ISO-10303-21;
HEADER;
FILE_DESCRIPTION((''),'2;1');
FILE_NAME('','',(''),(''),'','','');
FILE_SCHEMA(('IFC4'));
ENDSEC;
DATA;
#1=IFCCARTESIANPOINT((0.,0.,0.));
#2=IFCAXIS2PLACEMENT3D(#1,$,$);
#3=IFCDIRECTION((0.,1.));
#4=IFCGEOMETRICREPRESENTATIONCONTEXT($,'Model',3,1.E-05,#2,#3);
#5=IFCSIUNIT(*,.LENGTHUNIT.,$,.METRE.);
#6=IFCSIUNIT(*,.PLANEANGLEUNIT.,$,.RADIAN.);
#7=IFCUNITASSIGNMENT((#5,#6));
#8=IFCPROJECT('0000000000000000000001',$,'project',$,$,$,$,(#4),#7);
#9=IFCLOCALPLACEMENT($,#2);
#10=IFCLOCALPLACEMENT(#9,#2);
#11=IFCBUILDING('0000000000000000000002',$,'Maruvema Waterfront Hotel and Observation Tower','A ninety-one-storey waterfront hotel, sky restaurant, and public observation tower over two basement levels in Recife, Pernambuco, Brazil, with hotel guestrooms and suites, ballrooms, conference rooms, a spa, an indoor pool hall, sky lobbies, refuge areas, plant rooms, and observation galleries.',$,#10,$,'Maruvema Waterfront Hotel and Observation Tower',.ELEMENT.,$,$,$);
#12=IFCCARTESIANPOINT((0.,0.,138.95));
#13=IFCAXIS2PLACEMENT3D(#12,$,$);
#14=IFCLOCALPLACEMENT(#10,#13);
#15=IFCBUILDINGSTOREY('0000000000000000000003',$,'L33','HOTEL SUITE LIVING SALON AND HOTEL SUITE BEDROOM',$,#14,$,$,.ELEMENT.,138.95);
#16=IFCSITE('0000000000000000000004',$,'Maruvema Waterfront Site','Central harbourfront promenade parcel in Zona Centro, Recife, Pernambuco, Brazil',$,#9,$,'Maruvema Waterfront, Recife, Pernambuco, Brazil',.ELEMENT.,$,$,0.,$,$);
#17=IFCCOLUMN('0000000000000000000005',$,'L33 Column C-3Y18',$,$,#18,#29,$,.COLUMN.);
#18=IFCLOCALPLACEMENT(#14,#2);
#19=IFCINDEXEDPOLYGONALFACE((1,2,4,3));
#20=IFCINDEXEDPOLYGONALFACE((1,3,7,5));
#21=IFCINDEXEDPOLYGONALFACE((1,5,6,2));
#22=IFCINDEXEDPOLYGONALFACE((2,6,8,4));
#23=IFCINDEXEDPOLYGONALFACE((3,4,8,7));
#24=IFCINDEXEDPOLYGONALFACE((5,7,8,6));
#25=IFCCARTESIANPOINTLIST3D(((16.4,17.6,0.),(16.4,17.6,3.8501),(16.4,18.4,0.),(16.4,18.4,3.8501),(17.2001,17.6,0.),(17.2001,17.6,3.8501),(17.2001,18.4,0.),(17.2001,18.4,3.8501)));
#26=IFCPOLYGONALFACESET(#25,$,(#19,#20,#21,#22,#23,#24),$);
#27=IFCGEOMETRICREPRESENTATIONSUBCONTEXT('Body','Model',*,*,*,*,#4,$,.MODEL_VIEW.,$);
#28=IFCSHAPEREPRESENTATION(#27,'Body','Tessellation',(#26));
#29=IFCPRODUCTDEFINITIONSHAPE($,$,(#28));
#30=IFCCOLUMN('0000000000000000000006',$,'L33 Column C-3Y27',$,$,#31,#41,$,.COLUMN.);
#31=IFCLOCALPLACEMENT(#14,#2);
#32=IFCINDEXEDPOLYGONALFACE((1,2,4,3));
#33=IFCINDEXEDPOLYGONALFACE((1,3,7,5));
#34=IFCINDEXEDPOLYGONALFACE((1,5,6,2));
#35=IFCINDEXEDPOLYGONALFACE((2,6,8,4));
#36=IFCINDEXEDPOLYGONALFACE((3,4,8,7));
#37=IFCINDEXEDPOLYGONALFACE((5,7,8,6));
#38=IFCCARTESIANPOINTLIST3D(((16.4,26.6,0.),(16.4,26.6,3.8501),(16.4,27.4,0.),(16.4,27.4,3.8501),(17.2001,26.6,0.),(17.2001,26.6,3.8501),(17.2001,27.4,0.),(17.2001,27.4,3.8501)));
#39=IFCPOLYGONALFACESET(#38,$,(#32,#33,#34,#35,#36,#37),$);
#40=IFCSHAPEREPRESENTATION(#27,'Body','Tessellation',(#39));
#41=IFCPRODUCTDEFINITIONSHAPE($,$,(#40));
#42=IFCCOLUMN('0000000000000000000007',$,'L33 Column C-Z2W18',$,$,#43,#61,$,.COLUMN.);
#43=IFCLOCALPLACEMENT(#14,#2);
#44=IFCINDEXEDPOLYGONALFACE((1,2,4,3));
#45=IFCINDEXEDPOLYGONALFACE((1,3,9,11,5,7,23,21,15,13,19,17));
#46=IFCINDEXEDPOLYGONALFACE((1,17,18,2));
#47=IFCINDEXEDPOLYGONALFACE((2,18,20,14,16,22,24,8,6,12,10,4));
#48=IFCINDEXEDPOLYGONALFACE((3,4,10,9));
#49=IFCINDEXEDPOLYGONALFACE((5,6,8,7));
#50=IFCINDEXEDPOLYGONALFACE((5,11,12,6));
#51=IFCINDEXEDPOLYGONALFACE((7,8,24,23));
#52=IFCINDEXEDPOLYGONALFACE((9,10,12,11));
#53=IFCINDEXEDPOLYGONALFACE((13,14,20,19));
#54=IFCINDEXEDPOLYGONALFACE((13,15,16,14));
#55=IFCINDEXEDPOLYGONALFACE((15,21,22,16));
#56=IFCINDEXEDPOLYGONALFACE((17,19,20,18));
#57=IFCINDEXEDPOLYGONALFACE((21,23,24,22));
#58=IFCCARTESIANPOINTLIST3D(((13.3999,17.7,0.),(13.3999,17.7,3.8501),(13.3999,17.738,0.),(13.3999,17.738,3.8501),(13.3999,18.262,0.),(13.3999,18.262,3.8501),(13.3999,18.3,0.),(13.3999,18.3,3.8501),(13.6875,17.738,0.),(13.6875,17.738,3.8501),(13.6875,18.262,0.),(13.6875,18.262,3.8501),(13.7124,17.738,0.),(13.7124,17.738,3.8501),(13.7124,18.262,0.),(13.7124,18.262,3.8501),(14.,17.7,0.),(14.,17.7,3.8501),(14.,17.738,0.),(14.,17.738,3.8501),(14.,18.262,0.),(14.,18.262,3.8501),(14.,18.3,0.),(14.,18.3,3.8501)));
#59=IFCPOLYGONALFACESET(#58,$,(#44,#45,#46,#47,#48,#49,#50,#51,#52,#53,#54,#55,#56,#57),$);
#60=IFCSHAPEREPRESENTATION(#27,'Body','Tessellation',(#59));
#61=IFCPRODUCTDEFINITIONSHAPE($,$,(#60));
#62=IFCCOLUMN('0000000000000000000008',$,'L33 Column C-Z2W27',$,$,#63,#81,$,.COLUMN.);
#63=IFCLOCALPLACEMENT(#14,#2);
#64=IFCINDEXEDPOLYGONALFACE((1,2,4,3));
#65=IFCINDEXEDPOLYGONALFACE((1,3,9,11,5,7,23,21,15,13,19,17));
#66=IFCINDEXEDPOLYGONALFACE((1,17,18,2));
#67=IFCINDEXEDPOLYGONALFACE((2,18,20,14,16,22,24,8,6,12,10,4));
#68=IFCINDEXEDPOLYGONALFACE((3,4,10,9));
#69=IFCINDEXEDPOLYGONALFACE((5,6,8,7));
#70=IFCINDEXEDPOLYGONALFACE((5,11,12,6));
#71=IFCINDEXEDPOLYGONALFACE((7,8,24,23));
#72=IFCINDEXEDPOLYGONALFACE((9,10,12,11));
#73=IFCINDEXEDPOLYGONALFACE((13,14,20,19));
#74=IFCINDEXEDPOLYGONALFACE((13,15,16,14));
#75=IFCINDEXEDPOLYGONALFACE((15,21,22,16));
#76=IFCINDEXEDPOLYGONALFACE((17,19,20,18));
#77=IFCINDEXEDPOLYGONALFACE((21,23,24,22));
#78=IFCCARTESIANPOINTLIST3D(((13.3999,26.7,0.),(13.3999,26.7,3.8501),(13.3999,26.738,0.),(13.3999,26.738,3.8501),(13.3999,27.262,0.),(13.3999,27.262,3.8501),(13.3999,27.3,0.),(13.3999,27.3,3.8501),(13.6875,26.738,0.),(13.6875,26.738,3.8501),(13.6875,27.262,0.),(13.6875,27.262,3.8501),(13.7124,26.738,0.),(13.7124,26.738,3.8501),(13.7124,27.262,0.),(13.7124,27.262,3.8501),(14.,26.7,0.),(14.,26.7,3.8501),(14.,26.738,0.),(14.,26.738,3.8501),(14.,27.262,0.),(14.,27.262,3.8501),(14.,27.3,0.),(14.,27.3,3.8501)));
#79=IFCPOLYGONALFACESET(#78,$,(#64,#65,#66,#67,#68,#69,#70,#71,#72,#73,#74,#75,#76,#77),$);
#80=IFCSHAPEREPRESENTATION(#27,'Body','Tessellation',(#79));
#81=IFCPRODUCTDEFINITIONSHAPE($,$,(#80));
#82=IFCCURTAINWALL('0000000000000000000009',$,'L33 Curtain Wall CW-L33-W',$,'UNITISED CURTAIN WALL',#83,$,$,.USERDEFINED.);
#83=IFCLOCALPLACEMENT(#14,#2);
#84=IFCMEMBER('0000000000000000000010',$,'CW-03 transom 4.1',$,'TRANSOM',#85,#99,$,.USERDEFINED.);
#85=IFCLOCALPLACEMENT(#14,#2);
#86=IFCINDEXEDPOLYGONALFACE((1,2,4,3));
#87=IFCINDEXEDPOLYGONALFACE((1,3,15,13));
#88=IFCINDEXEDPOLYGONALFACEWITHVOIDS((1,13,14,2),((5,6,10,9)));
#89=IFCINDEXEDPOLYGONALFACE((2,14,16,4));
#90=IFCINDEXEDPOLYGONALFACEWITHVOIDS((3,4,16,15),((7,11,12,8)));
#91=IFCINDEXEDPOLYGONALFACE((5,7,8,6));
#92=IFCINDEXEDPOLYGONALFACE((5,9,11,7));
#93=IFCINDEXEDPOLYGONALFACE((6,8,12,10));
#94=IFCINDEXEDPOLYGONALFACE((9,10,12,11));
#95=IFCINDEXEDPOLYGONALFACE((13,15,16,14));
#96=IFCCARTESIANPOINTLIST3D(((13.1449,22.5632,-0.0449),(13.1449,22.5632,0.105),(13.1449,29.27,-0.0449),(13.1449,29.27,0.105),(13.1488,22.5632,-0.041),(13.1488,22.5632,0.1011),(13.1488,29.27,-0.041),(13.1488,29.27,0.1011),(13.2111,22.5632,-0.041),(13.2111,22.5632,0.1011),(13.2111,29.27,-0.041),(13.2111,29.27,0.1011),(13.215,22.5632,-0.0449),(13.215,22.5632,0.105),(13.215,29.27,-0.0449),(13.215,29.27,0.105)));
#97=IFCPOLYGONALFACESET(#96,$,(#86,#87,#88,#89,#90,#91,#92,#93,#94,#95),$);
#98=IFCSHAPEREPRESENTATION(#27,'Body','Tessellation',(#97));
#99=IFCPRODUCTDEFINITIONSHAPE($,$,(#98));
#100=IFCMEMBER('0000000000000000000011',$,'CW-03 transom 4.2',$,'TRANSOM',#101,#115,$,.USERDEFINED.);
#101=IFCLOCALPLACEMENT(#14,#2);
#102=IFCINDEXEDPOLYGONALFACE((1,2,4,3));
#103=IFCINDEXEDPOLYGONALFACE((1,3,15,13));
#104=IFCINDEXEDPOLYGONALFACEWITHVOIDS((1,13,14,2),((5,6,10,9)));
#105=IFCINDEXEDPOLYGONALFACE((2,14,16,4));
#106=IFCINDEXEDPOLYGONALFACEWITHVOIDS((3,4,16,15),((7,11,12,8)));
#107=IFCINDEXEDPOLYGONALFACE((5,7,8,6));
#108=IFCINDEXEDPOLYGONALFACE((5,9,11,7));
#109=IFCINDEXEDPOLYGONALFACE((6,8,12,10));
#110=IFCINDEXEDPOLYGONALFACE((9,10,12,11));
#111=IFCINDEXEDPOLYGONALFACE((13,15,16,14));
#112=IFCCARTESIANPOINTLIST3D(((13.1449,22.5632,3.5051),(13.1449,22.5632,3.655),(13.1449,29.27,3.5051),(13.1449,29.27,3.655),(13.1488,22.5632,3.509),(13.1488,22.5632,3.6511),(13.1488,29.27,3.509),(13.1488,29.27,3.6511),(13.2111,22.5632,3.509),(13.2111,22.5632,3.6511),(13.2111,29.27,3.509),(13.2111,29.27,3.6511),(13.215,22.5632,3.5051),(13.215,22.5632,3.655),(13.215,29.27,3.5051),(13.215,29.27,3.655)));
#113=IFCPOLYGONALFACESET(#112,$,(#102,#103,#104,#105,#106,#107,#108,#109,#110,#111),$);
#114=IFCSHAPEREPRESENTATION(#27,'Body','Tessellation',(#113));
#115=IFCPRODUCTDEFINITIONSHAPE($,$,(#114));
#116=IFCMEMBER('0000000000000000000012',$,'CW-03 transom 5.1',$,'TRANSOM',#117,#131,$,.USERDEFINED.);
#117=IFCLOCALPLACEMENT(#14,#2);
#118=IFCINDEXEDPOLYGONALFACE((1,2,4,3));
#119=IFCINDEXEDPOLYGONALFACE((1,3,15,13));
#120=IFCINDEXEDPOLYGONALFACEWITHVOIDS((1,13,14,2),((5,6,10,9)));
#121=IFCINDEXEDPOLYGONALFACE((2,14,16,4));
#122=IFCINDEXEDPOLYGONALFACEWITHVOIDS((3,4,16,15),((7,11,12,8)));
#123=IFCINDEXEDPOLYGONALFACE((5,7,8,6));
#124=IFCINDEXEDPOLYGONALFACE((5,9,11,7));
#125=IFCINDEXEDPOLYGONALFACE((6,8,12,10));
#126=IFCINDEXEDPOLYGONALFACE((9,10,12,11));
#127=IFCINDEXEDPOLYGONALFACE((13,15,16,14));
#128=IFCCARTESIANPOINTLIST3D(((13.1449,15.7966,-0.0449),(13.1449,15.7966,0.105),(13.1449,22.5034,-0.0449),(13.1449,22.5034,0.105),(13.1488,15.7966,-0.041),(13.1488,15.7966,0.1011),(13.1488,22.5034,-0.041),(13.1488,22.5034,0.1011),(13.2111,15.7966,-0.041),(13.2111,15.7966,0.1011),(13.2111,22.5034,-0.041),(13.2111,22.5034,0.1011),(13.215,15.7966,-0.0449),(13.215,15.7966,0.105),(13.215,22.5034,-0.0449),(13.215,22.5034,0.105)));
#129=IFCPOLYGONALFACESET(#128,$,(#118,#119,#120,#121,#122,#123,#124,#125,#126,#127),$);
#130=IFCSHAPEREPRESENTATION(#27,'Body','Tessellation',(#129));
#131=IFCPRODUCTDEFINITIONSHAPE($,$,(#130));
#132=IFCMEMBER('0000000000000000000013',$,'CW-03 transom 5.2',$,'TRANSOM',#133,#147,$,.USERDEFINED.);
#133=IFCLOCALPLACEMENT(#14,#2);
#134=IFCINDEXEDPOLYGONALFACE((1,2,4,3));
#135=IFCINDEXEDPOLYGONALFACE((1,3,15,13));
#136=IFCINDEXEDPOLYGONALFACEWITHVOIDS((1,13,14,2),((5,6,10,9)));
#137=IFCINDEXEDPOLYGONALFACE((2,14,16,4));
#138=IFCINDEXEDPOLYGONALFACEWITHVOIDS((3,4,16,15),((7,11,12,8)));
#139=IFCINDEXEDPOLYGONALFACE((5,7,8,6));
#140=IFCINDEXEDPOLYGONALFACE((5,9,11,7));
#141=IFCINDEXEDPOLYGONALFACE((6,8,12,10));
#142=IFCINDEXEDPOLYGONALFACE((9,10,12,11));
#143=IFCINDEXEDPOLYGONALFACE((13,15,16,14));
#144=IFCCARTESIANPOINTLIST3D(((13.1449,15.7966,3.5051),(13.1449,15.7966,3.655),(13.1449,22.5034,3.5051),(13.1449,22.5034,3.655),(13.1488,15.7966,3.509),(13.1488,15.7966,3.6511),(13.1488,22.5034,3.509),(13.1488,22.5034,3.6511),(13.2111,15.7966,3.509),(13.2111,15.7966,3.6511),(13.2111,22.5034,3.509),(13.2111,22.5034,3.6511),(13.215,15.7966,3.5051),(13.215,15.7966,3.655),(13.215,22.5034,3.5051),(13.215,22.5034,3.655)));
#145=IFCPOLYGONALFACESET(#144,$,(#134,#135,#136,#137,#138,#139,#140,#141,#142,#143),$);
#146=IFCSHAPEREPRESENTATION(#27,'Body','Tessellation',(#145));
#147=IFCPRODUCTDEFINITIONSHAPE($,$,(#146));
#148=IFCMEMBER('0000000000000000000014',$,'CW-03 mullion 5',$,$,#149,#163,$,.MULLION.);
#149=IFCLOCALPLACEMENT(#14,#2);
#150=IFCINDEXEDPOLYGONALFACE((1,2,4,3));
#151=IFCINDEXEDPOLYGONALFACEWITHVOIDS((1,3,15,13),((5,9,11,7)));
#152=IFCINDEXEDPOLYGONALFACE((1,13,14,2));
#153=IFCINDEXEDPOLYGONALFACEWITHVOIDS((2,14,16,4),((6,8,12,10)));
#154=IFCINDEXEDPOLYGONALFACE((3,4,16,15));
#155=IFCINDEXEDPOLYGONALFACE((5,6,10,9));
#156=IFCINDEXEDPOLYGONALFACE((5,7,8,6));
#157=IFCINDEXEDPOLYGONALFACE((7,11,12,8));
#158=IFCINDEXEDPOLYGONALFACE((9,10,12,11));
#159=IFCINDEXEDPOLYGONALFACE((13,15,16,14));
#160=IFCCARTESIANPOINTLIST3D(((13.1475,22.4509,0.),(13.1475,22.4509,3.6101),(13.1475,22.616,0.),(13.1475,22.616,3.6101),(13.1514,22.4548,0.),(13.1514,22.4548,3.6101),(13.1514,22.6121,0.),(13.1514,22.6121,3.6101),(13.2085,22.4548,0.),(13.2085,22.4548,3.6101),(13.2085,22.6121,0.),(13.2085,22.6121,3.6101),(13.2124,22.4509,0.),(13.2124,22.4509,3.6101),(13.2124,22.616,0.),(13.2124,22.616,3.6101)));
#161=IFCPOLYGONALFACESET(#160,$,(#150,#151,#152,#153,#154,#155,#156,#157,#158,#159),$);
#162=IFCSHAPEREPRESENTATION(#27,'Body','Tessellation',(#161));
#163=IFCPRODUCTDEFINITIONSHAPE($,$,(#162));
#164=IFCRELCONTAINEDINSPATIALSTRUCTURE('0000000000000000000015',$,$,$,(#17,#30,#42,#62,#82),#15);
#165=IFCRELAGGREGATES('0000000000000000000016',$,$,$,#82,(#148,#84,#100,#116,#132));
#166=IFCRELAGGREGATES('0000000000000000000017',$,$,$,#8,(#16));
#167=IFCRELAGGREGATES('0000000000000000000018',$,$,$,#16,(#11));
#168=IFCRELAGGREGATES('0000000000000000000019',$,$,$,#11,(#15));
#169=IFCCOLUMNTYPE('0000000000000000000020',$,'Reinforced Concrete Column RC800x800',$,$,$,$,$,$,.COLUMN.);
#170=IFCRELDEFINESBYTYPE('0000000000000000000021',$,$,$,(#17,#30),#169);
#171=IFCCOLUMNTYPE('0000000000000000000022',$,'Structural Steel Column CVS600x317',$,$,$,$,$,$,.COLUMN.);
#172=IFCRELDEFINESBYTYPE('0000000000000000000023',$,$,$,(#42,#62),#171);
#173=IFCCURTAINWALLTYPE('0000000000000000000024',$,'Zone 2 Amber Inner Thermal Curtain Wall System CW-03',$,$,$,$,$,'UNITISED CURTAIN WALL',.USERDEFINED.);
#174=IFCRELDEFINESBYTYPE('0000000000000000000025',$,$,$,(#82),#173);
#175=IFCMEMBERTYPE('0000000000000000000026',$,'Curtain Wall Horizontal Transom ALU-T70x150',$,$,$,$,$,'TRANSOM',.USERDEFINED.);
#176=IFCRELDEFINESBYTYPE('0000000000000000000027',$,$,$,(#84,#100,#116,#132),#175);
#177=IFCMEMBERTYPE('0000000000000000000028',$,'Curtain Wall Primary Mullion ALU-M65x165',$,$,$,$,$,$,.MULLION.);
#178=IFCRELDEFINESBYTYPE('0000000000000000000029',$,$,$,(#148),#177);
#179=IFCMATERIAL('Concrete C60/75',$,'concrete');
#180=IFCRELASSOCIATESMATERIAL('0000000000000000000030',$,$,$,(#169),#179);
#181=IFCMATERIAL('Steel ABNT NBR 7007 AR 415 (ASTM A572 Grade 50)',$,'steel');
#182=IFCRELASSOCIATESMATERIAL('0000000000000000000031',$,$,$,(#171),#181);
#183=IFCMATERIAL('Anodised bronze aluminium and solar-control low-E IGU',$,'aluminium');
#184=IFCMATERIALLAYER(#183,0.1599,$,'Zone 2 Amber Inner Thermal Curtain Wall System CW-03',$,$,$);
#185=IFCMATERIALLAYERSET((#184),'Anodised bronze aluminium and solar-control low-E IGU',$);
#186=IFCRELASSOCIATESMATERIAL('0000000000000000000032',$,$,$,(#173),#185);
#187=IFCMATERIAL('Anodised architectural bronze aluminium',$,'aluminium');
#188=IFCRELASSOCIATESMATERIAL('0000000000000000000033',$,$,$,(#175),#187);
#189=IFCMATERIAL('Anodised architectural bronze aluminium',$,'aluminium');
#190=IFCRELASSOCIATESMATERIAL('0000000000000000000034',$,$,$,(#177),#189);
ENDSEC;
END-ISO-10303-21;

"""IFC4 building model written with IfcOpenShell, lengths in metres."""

from ifc_helpers import new_model, si_unit, direction, frame, origin, origin_2d, place, context, subcontext, project, spatial, rectangle, hollow_rectangle, i_section, extrude, material, layer, layer_set, material_profile, profile_set, type_object, element, aggregate, save


model = new_model("IFC4")

# Units and contexts
model_context = context("Model", 3, precision=1e-05, world=origin(), true_north=direction((0.0, 1.0)))
body_context = subcontext(model_context, "Body", "Model", "MODEL_VIEW")
ifc_project = project(units=[si_unit("LENGTHUNIT", "METRE"), si_unit("PLANEANGLEUNIT", "RADIAN")], contexts=[model_context])

# Site, building, storey
site_placement = place(None, origin())
site = spatial("IfcSite", under=ifc_project, at=site_placement, Name="Maruvema Waterfront Site", Description="Central harbourfront promenade parcel in Zona Centro, Recife, Pernambuco, Brazil", LongName="Maruvema Waterfront, Recife, Pernambuco, Brazil", CompositionType="ELEMENT", RefElevation=0.0)
building_placement = place(site_placement, origin())
building = spatial("IfcBuilding", under=site, at=building_placement, Name="Maruvema Waterfront Hotel and Observation Tower", Description="A ninety-one-storey waterfront hotel, sky restaurant, and public observation tower over two basement levels in Recife, Pernambuco, Brazil, with hotel guestrooms and suites, ballrooms, conference rooms, a spa, an indoor pool hall, sky lobbies, refuge areas, plant rooms, and observation galleries.", LongName="Maruvema Waterfront Hotel and Observation Tower", CompositionType="ELEMENT")
storey_placement = place(building_placement, frame((0.0, 0.0, 138.95)))
storey = spatial("IfcBuildingStorey", under=building, at=storey_placement, Name="L33", Description="HOTEL SUITE LIVING SALON AND HOTEL SUITE BEDROOM", CompositionType="ELEMENT", Elevation=138.95)

# Columns
ifc_material_1 = material(Name="Concrete C60/75", Category="concrete")
ifc_material_profile_1 = material_profile(ifc_material_1, rectangle(XDim=0.8, YDim=0.8, at=origin_2d()), Name="RC800x800")
ifc_profile_set_1 = profile_set([ifc_material_profile_1], Name="Concrete C60/75")
column_type_1 = type_object("IfcColumnType", Name="Reinforced Concrete Column RC800x800", PredefinedType="COLUMN", material=ifc_profile_set_1)
for number, where, z_axis, x_axis, name in (
    (1, (16.8, 18.0, 0.0), (0.0, 0.0, 1.0), (1.0, 0.0, 0.0), "L33 Column C-3Y18"),
    (2, (16.8, 27.0, 0.0), (0.0, 0.0, 1.0), (1.0, 0.0, 0.0), "L33 Column C-3Y27"),
):
    element("IfcColumn", number, at=place(storey_placement, frame(where, z_axis=z_axis, x_axis=x_axis)), inside=storey, type_object=column_type_1, Name=name, PredefinedType="COLUMN", context=body_context, shape_type="SweptSolid", body=[
        extrude(rectangle(XDim=0.8, YDim=0.8, at=origin_2d()), origin(), (0.0, 0.0, 1.0), 3.8501),
    ])
ifc_material_2 = material(Name="Steel ABNT NBR 7007 AR 415 (ASTM A572 Grade 50)", Category="steel")
ifc_material_profile_2 = material_profile(ifc_material_2, i_section(OverallWidth=0.6001, OverallDepth=0.6001, WebThickness=0.0249, FlangeThickness=0.0381, at=origin_2d()), Name="CVS600x317")
ifc_profile_set_2 = profile_set([ifc_material_profile_2], Name="Steel ABNT NBR 7007 AR 415 (ASTM A572 Grade 50)")
column_type_2 = type_object("IfcColumnType", Name="Structural Steel Column CVS600x317", PredefinedType="COLUMN", material=ifc_profile_set_2)
for number, where, z_axis, x_axis, name in (
    (3, (13.7, 18.0, 0.0), (0.0, 0.0, 1.0), (1.0, 0.0, 0.0), "L33 Column C-Z2W18"),
    (4, (13.7, 27.0, 0.0), (0.0, 0.0, 1.0), (1.0, 0.0, 0.0), "L33 Column C-Z2W27"),
):
    element("IfcColumn", number, at=place(storey_placement, frame(where, z_axis=z_axis, x_axis=x_axis)), inside=storey, type_object=column_type_2, Name=name, PredefinedType="COLUMN", context=body_context, shape_type="SweptSolid", body=[
        extrude(i_section(OverallWidth=0.6001, OverallDepth=0.6001, WebThickness=0.0249, FlangeThickness=0.0381, at=origin_2d()), origin(), (0.0, 0.0, 1.0), 3.8501),
    ])

# Curtain wall, members
ifc_material_3 = material(Name="Anodised bronze aluminium and solar-control low-E IGU", Category="aluminium")
ifc_layer_1 = layer(ifc_material_3, 0.1599, Name="Zone 2 Amber Inner Thermal Curtain Wall System CW-03")
ifc_layer_set_1 = layer_set([ifc_layer_1], Name="Anodised bronze aluminium and solar-control low-E IGU")
curtain_wall_type = type_object("IfcCurtainWallType", Name="Zone 2 Amber Inner Thermal Curtain Wall System CW-03", ElementType="UNITISED CURTAIN WALL", PredefinedType="USERDEFINED", material=ifc_layer_set_1)
curtain_wall_placement = place(storey_placement, origin())
curtain_wall = element("IfcCurtainWall", 5, at=curtain_wall_placement, inside=storey, type_object=curtain_wall_type, Name="L33 Curtain Wall CW-L33-W", ObjectType="UNITISED CURTAIN WALL", PredefinedType="USERDEFINED")
ifc_material_4 = material(Name="Anodised architectural bronze aluminium", Category="aluminium")
ifc_material_profile_3 = material_profile(ifc_material_4, hollow_rectangle(XDim=0.0701, YDim=0.1499, WallThickness=0.0039, at=origin_2d()), Name="ALU-T70x150")
ifc_profile_set_3 = profile_set([ifc_material_profile_3], Name="Anodised architectural bronze aluminium")
member_type_1 = type_object("IfcMemberType", Name="Curtain Wall Horizontal Transom ALU-T70x150", ElementType="TRANSOM", PredefinedType="USERDEFINED", material=ifc_profile_set_3)
member_1_placement = place(storey_placement, frame((13.1799, 29.27, 0.03), z_axis=(0.0, -1.0, 0.0), x_axis=(1.0, 0.0, 0.0)))
member_1 = element("IfcMember", 6, at=member_1_placement, type_object=member_type_1, Name="CW-03 transom 4.1", ObjectType="TRANSOM", PredefinedType="USERDEFINED", context=body_context, shape_type="SweptSolid", body=[
    extrude(hollow_rectangle(XDim=0.0701, YDim=0.1499, WallThickness=0.0039, at=origin_2d()), origin(), (0.0, 0.0, 1.0), 6.7068),
])
member_2_placement = place(storey_placement, frame((13.1799, 29.27, 3.5801), z_axis=(0.0, -1.0, 0.0), x_axis=(1.0, 0.0, 0.0)))
member_2 = element("IfcMember", 7, at=member_2_placement, type_object=member_type_1, Name="CW-03 transom 4.2", ObjectType="TRANSOM", PredefinedType="USERDEFINED", context=body_context, shape_type="SweptSolid", body=[
    extrude(hollow_rectangle(XDim=0.0701, YDim=0.1499, WallThickness=0.0039, at=origin_2d()), origin(), (0.0, 0.0, 1.0), 6.7068),
])
member_3_placement = place(storey_placement, frame((13.1799, 22.5034, 0.03), z_axis=(0.0, -1.0, 0.0), x_axis=(1.0, 0.0, 0.0)))
member_3 = element("IfcMember", 8, at=member_3_placement, type_object=member_type_1, Name="CW-03 transom 5.1", ObjectType="TRANSOM", PredefinedType="USERDEFINED", context=body_context, shape_type="SweptSolid", body=[
    extrude(hollow_rectangle(XDim=0.0701, YDim=0.1499, WallThickness=0.0039, at=origin_2d()), origin(), (0.0, 0.0, 1.0), 6.7068),
])
member_4_placement = place(storey_placement, frame((13.1799, 22.5034, 3.5801), z_axis=(0.0, -1.0, 0.0), x_axis=(1.0, 0.0, 0.0)))
member_4 = element("IfcMember", 9, at=member_4_placement, type_object=member_type_1, Name="CW-03 transom 5.2", ObjectType="TRANSOM", PredefinedType="USERDEFINED", context=body_context, shape_type="SweptSolid", body=[
    extrude(hollow_rectangle(XDim=0.0701, YDim=0.1499, WallThickness=0.0039, at=origin_2d()), origin(), (0.0, 0.0, 1.0), 6.7068),
])
ifc_material_5 = material(Name="Anodised architectural bronze aluminium", Category="aluminium")
ifc_material_profile_4 = material_profile(ifc_material_5, hollow_rectangle(XDim=0.0649, YDim=0.165, WallThickness=0.0039, at=origin_2d()), Name="ALU-M65x165")
ifc_profile_set_4 = profile_set([ifc_material_profile_4], Name="Anodised architectural bronze aluminium")
member_type_2 = type_object("IfcMemberType", Name="Curtain Wall Primary Mullion ALU-M65x165", PredefinedType="MULLION", material=ifc_profile_set_4)
member_5_placement = place(storey_placement, frame((13.1799, 22.5334, 0.0), z_axis=(0.0, 0.0, 1.0), x_axis=(1.0, 0.0, 0.0)))
member_5 = element("IfcMember", 10, at=member_5_placement, type_object=member_type_2, Name="CW-03 mullion 5", PredefinedType="MULLION", context=body_context, shape_type="SweptSolid", body=[
    extrude(hollow_rectangle(XDim=0.0649, YDim=0.165, WallThickness=0.0039, at=origin_2d()), origin(), (0.0, 0.0, 1.0), 3.6101),
])

aggregate(curtain_wall, [member_5, member_1, member_2, member_3, member_4])

save(model, "model.ifc")
